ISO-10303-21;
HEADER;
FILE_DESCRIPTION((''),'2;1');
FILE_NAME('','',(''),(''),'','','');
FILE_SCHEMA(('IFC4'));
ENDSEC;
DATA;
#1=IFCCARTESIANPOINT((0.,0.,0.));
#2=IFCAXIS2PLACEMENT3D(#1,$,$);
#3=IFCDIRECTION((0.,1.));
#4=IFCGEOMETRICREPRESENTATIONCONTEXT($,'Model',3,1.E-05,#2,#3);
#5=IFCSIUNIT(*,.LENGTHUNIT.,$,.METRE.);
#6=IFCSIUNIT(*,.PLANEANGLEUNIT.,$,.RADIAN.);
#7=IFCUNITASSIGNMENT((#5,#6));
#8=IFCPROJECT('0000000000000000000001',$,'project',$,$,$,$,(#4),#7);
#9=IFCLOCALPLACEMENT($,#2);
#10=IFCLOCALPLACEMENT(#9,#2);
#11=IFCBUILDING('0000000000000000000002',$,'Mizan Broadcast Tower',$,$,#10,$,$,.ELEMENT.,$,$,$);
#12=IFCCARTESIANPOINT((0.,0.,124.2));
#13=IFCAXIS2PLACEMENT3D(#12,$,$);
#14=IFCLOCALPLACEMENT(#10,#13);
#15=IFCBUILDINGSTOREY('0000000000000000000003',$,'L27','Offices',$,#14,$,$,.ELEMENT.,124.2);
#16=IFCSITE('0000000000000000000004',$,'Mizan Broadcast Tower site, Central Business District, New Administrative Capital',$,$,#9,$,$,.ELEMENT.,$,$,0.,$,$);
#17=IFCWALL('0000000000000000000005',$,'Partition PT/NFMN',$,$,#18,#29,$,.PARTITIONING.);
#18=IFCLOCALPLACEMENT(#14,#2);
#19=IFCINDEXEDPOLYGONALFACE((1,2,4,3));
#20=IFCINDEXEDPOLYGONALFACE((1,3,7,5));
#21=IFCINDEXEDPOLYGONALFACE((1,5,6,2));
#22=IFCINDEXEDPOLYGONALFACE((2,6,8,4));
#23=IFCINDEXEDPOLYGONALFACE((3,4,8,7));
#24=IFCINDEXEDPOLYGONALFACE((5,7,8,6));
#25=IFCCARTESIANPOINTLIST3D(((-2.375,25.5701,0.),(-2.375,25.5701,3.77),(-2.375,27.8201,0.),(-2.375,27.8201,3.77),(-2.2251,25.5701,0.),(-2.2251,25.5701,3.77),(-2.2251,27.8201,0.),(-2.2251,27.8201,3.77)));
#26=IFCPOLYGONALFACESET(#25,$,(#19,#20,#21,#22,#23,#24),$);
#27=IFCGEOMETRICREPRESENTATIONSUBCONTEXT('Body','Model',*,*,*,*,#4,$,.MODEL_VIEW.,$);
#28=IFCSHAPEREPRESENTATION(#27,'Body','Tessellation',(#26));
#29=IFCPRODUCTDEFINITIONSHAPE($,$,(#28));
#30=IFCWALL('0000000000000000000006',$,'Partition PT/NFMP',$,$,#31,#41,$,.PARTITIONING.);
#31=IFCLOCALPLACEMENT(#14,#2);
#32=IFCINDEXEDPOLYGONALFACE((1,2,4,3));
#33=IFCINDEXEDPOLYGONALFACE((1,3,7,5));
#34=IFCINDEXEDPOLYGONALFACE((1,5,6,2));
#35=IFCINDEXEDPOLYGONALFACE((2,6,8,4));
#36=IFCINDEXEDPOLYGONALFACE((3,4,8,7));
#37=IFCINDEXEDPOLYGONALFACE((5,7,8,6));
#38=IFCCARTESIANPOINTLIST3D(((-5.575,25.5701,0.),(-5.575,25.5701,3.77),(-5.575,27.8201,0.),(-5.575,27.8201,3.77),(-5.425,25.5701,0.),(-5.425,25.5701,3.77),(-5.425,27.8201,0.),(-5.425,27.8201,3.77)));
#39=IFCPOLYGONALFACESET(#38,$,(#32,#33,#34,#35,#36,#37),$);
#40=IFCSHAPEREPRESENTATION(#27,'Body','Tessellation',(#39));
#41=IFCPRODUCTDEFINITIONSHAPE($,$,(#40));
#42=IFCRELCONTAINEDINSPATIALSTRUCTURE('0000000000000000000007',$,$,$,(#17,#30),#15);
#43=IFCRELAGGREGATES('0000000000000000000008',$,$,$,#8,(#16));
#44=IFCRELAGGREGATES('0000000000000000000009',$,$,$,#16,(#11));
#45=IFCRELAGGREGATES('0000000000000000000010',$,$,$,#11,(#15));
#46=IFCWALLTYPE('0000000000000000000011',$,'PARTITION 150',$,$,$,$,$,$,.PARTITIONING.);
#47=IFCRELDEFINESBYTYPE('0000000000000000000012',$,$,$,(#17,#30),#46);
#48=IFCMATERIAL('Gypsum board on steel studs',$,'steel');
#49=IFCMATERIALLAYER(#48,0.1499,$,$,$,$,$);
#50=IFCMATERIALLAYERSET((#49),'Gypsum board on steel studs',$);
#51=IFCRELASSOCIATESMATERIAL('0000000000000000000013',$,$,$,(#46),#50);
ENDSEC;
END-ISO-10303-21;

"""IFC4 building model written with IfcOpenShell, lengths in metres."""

from ifc_helpers import new_model, si_unit, direction, frame, frame_2d, origin, place, context, subcontext, project, spatial, rectangle, extrude, material, layer, layer_set, type_object, element, save


model = new_model("IFC4")

# Units and contexts
model_context = context("Model", 3, precision=1e-05, world=origin(), true_north=direction((0.0, 1.0)))
body_context = subcontext(model_context, "Body", "Model", "MODEL_VIEW")
ifc_project = project(units=[si_unit("LENGTHUNIT", "METRE"), si_unit("PLANEANGLEUNIT", "RADIAN")], contexts=[model_context])

# Site, building, storey
site_placement = place(None, origin())
site = spatial("IfcSite", under=ifc_project, at=site_placement, Name="Mizan Broadcast Tower site, Central Business District, New Administrative Capital", CompositionType="ELEMENT", RefElevation=0.0)
building_placement = place(site_placement, origin())
building = spatial("IfcBuilding", under=site, at=building_placement, Name="Mizan Broadcast Tower", CompositionType="ELEMENT")
storey_placement = place(building_placement, frame((0.0, 0.0, 124.2)))
storey = spatial("IfcBuildingStorey", under=building, at=storey_placement, Name="L27", Description="Offices", CompositionType="ELEMENT", Elevation=124.2)

# Shared definitions
ifc_material_1 = material(Name="Gypsum board on steel studs", Category="steel")
ifc_layer_1 = layer(ifc_material_1, 0.1499)
ifc_layer_set_1 = layer_set([ifc_layer_1], Name="Gypsum board on steel studs")
wall_type_1 = type_object("IfcWallType", Name="PARTITION 150", PredefinedType="PARTITIONING", material=ifc_layer_set_1)

# Walls
for number, where, z_axis, x_axis, name in (
    (1, (-2.3, 25.5701, 0.0), (0.0, 0.0, 1.0), (0.0, 1.0, 0.0), "Partition PT/NFMN"),
    (2, (-5.5, 25.5701, 0.0), (0.0, 0.0, 1.0), (0.0, 1.0, 0.0), "Partition PT/NFMP"),
):
    element("IfcWall", number, at=place(storey_placement, frame(where, z_axis=z_axis, x_axis=x_axis)), inside=storey, type_object=wall_type_1, Name=name, PredefinedType="PARTITIONING", context=body_context, shape_type="SweptSolid", body=[
        extrude(rectangle(XDim=2.25, YDim=0.1499, at=frame_2d((1.125, 0.0))), origin(), (0.0, 0.0, 1.0), 3.77),
    ])

save(model, "model.ifc")
